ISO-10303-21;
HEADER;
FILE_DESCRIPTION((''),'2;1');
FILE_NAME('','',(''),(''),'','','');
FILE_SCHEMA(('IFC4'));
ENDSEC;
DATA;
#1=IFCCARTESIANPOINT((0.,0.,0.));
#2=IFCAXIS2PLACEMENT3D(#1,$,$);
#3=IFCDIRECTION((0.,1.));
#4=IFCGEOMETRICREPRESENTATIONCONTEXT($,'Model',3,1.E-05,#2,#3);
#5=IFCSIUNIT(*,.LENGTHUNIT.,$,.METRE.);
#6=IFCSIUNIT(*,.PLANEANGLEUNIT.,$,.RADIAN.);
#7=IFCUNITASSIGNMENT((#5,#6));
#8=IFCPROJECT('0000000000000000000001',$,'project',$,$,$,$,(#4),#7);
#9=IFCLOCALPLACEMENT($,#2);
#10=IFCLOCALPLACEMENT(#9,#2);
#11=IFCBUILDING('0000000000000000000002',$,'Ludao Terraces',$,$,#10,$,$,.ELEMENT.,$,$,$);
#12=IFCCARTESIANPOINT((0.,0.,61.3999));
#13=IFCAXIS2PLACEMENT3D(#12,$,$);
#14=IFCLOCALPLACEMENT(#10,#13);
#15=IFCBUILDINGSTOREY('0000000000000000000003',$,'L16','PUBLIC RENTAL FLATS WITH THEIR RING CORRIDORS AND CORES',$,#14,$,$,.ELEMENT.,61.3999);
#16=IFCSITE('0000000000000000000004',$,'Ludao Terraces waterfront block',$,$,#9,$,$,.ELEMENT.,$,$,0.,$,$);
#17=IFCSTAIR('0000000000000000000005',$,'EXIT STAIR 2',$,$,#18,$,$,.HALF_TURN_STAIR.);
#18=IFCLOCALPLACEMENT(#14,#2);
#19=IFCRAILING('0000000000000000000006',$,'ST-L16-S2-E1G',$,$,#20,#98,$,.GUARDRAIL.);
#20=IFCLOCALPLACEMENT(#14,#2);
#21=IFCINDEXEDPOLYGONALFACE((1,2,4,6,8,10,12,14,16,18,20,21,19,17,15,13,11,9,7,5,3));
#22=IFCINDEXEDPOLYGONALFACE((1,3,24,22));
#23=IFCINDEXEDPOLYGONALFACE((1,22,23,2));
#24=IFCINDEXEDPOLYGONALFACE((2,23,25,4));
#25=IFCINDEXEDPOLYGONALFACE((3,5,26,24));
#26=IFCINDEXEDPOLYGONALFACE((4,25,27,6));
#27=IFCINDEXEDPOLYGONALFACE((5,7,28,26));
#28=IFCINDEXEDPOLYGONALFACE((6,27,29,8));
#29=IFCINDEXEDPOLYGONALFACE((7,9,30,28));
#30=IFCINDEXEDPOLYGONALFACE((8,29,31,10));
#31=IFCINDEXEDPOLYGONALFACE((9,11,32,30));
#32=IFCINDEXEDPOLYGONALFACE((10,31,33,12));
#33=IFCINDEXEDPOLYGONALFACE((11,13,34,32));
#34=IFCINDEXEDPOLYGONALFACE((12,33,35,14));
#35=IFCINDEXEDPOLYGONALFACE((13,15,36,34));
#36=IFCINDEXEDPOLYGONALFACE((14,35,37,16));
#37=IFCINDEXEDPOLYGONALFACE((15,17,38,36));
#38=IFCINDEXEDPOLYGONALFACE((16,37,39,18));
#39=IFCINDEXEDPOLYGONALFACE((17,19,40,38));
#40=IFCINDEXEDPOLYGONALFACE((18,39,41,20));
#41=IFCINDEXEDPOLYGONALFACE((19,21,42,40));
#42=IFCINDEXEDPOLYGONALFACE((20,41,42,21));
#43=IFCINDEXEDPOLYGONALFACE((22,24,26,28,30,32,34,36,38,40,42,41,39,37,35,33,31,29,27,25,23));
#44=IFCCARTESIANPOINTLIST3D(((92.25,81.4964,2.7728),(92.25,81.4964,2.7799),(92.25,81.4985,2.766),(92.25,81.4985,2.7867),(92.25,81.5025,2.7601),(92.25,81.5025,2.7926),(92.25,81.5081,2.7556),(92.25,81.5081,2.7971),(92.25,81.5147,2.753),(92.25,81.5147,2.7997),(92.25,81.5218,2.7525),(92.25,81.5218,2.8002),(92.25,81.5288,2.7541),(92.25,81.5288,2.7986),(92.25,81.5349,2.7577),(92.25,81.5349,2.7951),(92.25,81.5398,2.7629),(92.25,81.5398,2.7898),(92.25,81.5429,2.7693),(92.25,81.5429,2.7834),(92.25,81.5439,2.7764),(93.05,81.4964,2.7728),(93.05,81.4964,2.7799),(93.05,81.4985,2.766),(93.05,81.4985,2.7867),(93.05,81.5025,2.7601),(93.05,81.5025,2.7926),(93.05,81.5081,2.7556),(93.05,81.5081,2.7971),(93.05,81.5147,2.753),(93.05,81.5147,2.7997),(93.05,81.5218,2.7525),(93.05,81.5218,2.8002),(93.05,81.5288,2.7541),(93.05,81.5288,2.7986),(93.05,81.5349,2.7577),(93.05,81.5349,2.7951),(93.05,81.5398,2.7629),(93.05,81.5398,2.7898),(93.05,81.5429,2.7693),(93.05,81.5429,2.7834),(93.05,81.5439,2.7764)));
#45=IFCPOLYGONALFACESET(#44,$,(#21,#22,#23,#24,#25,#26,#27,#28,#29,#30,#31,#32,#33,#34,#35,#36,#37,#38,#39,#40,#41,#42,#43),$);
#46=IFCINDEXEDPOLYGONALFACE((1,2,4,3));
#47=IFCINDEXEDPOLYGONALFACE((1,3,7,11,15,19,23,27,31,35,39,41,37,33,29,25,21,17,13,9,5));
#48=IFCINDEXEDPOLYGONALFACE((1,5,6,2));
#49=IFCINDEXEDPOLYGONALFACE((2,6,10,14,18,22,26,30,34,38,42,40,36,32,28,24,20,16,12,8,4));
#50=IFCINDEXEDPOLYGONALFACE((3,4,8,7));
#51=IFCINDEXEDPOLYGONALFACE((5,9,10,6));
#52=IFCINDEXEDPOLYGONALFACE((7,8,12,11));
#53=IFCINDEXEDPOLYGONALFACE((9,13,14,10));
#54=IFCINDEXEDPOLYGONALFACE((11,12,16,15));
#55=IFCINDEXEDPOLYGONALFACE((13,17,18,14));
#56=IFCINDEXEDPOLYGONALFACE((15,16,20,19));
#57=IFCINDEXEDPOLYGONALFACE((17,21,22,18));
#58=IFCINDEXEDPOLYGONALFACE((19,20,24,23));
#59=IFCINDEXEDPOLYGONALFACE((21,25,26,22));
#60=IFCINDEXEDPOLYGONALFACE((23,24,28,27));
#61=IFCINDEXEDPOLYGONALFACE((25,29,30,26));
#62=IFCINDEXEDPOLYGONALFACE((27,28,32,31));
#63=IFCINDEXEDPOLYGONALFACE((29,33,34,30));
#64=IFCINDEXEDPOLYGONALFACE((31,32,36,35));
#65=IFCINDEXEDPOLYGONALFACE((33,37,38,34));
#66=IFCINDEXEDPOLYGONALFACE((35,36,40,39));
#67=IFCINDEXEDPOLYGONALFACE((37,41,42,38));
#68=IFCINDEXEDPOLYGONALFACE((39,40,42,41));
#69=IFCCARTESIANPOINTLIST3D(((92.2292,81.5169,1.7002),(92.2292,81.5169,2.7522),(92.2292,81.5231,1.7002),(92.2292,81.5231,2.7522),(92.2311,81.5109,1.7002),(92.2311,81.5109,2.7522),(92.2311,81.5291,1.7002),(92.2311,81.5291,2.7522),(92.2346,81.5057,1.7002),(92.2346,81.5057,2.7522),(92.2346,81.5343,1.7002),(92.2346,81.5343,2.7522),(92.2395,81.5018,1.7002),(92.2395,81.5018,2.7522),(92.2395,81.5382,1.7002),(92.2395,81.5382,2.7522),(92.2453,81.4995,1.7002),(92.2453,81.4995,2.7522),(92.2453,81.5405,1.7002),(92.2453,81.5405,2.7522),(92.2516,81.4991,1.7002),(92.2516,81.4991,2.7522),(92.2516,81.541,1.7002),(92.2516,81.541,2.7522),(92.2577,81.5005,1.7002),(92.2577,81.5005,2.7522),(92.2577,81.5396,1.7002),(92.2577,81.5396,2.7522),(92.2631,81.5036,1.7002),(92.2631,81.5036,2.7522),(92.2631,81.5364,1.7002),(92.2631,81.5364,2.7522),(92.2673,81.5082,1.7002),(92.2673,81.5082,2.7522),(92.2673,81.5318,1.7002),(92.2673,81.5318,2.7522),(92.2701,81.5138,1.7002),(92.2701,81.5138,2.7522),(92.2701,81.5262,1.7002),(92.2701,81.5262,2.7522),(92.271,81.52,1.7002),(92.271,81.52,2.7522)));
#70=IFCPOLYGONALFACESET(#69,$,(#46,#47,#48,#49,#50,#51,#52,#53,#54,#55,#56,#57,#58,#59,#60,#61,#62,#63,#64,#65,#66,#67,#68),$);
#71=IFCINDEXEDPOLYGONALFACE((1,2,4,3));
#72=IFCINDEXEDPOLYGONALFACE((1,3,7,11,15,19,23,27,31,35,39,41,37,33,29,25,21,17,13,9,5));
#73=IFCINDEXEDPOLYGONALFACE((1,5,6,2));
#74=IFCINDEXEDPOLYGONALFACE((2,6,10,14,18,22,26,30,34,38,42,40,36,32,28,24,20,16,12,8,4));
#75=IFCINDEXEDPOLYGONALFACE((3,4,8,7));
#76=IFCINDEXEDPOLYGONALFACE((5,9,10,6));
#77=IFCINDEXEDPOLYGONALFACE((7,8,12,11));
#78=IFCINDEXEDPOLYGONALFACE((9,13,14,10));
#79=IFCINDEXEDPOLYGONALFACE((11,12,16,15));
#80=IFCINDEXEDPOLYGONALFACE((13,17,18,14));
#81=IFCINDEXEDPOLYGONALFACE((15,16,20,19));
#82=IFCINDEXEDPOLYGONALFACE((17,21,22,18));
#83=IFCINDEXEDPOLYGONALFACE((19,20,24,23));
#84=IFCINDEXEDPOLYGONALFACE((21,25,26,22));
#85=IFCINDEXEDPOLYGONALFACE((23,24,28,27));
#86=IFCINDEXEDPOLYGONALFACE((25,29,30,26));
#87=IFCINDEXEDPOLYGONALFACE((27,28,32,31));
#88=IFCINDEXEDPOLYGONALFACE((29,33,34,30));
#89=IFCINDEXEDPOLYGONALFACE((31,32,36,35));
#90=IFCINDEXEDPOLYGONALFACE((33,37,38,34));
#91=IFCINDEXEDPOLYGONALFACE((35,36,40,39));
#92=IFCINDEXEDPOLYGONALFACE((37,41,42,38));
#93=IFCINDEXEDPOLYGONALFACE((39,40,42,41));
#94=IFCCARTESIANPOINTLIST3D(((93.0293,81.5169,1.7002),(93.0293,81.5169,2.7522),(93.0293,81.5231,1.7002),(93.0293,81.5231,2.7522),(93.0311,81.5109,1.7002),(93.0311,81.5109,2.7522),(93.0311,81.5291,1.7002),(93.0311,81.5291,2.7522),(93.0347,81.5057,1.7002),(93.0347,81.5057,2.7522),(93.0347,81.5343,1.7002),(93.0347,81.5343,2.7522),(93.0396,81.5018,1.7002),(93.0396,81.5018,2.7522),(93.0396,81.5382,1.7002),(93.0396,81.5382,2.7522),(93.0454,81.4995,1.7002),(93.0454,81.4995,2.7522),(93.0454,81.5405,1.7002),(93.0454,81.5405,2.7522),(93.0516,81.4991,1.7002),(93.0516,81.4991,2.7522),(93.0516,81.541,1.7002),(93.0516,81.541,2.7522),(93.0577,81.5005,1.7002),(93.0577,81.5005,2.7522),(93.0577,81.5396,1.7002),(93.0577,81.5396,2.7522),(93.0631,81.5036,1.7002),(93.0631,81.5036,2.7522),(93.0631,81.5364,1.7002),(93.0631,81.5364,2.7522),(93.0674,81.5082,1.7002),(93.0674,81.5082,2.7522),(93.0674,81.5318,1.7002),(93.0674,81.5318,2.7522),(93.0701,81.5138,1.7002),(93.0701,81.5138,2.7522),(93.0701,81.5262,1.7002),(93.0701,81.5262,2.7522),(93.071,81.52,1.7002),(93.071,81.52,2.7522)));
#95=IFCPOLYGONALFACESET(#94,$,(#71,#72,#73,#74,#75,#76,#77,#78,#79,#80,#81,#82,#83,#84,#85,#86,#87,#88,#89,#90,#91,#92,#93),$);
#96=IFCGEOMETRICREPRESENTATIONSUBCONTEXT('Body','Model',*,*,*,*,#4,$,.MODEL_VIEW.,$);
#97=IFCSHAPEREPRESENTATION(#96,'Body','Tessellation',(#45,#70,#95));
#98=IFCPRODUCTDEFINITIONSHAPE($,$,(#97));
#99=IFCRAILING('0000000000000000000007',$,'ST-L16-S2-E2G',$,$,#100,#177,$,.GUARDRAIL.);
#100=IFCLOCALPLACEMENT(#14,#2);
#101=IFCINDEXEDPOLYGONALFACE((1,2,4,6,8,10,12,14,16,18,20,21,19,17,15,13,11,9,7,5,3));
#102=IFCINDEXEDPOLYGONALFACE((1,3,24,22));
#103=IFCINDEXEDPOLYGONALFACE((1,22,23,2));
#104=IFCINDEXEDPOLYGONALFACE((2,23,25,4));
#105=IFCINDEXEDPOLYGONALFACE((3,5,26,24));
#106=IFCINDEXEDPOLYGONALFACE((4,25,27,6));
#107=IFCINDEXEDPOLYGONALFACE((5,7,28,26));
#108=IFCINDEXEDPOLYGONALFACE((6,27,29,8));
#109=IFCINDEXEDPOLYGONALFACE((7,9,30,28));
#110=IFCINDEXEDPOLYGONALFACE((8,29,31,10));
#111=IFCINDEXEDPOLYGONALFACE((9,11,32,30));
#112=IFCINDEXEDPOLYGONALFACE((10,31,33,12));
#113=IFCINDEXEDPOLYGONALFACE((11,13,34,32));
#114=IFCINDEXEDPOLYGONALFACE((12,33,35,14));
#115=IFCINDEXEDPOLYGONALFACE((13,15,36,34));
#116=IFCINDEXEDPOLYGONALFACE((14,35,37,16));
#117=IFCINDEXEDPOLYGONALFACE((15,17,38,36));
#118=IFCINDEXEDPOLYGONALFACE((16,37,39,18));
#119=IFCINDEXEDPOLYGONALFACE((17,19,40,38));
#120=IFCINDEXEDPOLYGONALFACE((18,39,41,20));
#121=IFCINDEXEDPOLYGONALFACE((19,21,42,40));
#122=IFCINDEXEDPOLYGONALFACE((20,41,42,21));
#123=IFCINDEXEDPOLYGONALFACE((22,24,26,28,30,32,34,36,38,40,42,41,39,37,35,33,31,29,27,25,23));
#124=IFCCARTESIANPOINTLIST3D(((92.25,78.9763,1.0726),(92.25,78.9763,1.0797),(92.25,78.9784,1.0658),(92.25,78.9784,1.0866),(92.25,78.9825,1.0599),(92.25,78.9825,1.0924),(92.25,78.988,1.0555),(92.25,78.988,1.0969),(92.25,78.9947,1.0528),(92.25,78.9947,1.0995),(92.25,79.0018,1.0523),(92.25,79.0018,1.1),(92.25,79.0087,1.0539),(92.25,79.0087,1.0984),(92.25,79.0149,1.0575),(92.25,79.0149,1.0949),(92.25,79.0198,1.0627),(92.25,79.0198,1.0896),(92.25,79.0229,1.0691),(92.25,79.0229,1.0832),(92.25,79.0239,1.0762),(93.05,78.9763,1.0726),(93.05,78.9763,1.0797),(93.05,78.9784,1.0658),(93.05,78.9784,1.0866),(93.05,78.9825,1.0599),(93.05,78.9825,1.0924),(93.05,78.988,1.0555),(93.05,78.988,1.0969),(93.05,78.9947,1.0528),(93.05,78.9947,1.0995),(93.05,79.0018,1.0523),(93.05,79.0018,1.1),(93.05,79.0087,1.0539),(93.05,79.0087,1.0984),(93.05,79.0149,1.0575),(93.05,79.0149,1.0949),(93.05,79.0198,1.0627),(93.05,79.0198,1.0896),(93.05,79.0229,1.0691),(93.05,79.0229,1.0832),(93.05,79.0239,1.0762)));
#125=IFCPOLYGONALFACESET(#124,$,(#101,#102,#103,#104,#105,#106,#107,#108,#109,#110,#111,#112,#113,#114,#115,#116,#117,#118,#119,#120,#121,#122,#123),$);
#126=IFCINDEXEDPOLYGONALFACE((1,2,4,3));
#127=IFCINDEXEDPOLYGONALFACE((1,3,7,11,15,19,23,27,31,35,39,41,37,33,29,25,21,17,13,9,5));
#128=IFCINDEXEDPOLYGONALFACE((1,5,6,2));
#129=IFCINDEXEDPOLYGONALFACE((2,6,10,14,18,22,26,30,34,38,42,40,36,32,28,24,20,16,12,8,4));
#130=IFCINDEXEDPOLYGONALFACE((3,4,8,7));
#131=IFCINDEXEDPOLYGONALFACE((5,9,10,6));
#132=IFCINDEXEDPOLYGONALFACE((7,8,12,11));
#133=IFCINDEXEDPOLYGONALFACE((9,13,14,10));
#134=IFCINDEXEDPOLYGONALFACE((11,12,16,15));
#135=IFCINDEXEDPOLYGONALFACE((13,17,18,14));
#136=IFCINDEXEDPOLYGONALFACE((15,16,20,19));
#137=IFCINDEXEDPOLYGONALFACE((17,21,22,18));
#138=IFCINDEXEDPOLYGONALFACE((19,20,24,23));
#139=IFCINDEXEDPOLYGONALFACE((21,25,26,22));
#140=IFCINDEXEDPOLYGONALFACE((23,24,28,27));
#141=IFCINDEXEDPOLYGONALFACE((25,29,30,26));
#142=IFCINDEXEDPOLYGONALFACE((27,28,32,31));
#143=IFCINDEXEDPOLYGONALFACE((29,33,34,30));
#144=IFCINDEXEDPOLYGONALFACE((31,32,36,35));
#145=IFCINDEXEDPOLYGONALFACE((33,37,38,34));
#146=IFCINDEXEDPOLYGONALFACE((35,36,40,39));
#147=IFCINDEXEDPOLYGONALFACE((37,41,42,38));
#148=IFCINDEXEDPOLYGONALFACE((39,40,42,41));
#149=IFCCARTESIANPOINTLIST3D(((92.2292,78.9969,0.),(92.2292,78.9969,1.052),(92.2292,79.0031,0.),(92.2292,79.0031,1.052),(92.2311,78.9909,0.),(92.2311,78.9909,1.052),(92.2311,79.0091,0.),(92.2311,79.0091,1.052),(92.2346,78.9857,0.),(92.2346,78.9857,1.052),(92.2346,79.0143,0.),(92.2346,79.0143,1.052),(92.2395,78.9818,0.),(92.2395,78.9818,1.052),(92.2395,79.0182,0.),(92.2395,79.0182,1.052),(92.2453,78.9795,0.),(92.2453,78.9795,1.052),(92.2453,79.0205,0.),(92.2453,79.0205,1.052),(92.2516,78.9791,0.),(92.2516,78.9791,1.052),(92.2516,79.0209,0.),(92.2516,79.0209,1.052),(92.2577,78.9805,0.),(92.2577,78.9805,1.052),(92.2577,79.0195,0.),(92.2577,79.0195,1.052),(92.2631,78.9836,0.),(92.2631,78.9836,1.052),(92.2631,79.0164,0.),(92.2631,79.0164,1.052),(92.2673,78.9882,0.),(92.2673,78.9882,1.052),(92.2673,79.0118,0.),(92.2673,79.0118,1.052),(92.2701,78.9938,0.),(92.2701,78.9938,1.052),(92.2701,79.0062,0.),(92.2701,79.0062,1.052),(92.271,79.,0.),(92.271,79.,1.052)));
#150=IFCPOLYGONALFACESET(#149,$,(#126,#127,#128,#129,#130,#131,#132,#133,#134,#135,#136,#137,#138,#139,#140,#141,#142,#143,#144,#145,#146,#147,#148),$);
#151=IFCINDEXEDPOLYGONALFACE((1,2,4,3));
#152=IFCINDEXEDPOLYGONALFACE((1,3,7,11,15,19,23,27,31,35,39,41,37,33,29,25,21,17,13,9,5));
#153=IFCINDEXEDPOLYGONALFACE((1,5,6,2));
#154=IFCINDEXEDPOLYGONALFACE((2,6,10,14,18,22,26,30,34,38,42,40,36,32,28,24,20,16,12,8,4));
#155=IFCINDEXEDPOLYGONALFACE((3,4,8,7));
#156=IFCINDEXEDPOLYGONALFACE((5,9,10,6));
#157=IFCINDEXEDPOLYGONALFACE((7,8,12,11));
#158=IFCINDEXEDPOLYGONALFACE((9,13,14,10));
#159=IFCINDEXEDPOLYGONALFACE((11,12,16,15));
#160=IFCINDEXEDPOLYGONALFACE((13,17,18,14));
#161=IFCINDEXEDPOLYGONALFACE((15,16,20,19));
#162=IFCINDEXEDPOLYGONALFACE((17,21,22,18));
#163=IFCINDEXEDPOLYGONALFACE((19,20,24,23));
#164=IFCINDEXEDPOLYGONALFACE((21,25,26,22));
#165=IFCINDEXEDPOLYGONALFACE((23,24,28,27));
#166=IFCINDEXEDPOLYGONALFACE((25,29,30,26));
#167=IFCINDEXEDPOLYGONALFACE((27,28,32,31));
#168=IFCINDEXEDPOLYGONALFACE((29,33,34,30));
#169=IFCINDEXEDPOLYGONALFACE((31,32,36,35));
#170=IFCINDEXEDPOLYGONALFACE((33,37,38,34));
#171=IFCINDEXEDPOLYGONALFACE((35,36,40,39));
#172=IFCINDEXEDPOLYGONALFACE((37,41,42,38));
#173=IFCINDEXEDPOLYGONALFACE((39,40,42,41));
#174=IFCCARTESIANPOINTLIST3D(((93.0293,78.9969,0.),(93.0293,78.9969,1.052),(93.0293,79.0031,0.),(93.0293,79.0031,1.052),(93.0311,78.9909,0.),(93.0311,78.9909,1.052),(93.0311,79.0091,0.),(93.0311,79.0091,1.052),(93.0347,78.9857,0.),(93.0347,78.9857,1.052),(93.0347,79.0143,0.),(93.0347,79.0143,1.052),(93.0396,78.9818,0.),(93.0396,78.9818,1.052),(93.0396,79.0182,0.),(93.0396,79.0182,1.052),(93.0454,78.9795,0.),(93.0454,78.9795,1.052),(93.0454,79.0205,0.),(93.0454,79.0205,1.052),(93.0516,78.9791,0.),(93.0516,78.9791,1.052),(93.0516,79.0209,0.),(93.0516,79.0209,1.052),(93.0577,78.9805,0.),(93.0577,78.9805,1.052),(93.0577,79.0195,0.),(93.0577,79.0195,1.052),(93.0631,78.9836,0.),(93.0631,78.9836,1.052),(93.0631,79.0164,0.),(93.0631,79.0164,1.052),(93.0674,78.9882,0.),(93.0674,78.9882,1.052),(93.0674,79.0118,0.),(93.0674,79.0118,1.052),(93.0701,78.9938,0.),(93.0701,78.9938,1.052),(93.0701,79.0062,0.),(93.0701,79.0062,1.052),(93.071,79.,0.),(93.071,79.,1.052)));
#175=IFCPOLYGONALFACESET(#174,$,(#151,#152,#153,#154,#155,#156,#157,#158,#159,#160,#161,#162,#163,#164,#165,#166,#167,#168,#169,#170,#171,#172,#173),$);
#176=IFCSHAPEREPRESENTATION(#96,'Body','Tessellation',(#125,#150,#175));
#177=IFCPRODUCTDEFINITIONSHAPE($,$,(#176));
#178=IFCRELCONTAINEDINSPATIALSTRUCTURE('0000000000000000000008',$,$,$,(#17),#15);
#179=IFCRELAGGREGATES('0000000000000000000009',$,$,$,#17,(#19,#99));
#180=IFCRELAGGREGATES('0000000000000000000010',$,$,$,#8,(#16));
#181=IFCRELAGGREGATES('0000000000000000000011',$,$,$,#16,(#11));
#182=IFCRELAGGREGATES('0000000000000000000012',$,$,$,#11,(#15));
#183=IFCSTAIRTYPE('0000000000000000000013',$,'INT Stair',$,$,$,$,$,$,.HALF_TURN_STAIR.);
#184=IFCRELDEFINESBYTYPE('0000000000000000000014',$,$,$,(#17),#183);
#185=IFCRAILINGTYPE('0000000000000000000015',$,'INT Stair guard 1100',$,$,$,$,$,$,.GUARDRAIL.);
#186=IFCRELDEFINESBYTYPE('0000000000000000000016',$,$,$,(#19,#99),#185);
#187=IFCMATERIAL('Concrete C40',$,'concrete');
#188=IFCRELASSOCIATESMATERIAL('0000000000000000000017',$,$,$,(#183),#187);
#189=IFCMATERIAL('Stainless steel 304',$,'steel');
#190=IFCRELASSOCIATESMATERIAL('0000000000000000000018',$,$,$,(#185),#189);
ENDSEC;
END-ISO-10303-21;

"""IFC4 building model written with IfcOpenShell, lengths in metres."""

from ifc_helpers import new_model, si_unit, direction, frame, origin, origin_2d, place, context, subcontext, project, spatial, circle, extrude, material, type_object, element, aggregate, save


model = new_model("IFC4")

# Units and contexts
model_context = context("Model", 3, precision=1e-05, world=origin(), true_north=direction((0.0, 1.0)))
body_context = subcontext(model_context, "Body", "Model", "MODEL_VIEW")
ifc_project = project(units=[si_unit("LENGTHUNIT", "METRE"), si_unit("PLANEANGLEUNIT", "RADIAN")], contexts=[model_context])

# Site, building, storey
site_placement = place(None, origin())
site = spatial("IfcSite", under=ifc_project, at=site_placement, Name="Ludao Terraces waterfront block", CompositionType="ELEMENT", RefElevation=0.0)
building_placement = place(site_placement, origin())
building = spatial("IfcBuilding", under=site, at=building_placement, Name="Ludao Terraces", CompositionType="ELEMENT")
storey_placement = place(building_placement, frame((0.0, 0.0, 61.3999)))
storey = spatial("IfcBuildingStorey", under=building, at=storey_placement, Name="L16", Description="PUBLIC RENTAL FLATS WITH THEIR RING CORRIDORS AND CORES", CompositionType="ELEMENT", Elevation=61.3999)

# Shared definitions
ifc_material_1 = material(Name="Concrete C40", Category="concrete")

# Shared definitions
ifc_material_2 = material(Name="Stainless steel 304", Category="steel")

# Stair, railings
stair_type = type_object("IfcStairType", Name="INT Stair", PredefinedType="HALF_TURN_STAIR", material=ifc_material_1)
stair_placement = place(storey_placement, origin())
stair = element("IfcStair", 1, at=stair_placement, inside=storey, type_object=stair_type, Name="EXIT STAIR 2", PredefinedType="HALF_TURN_STAIR")
railing_type_1 = type_object("IfcRailingType", Name="INT Stair guard 1100", PredefinedType="GUARDRAIL", material=ifc_material_2)
railing_1_placement = place(storey_placement, frame((92.25, 81.52, 1.7002)))
railing_1 = element("IfcRailing", 2, at=railing_1_placement, type_object=railing_type_1, Name="ST-L16-S2-E1G", PredefinedType="GUARDRAIL", context=body_context, shape_type="SweptSolid", body=[
    extrude(circle(Radius=0.0239, at=origin_2d()), frame((0.0, 0.0, 1.0762), z_axis=(1.0, 0.0, 0.0), x_axis=(0.0, 1.0, 0.0)), (0.0, 0.0, 1.0), 0.8),
    extrude(circle(Radius=0.021, at=origin_2d()), origin(), (0.0, 0.0, 1.0), 1.052),
    extrude(circle(Radius=0.021, at=origin_2d()), frame((0.8, 0.0, 0.0)), (0.0, 0.0, 1.0), 1.052),
])
railing_2_placement = place(storey_placement, frame((92.25, 79.0, 0.0)))
railing_2 = element("IfcRailing", 3, at=railing_2_placement, type_object=railing_type_1, Name="ST-L16-S2-E2G", PredefinedType="GUARDRAIL", context=body_context, shape_type="SweptSolid", body=[
    extrude(circle(Radius=0.0239, at=origin_2d()), frame((0.0, 0.0, 1.0762), z_axis=(1.0, 0.0, 0.0), x_axis=(0.0, 1.0, 0.0)), (0.0, 0.0, 1.0), 0.8),
    extrude(circle(Radius=0.021, at=origin_2d()), origin(), (0.0, 0.0, 1.0), 1.052),
    extrude(circle(Radius=0.021, at=origin_2d()), frame((0.8, 0.0, 0.0)), (0.0, 0.0, 1.0), 1.052),
])
aggregate(stair, [railing_1, railing_2])

save(model, "model.ifc")
